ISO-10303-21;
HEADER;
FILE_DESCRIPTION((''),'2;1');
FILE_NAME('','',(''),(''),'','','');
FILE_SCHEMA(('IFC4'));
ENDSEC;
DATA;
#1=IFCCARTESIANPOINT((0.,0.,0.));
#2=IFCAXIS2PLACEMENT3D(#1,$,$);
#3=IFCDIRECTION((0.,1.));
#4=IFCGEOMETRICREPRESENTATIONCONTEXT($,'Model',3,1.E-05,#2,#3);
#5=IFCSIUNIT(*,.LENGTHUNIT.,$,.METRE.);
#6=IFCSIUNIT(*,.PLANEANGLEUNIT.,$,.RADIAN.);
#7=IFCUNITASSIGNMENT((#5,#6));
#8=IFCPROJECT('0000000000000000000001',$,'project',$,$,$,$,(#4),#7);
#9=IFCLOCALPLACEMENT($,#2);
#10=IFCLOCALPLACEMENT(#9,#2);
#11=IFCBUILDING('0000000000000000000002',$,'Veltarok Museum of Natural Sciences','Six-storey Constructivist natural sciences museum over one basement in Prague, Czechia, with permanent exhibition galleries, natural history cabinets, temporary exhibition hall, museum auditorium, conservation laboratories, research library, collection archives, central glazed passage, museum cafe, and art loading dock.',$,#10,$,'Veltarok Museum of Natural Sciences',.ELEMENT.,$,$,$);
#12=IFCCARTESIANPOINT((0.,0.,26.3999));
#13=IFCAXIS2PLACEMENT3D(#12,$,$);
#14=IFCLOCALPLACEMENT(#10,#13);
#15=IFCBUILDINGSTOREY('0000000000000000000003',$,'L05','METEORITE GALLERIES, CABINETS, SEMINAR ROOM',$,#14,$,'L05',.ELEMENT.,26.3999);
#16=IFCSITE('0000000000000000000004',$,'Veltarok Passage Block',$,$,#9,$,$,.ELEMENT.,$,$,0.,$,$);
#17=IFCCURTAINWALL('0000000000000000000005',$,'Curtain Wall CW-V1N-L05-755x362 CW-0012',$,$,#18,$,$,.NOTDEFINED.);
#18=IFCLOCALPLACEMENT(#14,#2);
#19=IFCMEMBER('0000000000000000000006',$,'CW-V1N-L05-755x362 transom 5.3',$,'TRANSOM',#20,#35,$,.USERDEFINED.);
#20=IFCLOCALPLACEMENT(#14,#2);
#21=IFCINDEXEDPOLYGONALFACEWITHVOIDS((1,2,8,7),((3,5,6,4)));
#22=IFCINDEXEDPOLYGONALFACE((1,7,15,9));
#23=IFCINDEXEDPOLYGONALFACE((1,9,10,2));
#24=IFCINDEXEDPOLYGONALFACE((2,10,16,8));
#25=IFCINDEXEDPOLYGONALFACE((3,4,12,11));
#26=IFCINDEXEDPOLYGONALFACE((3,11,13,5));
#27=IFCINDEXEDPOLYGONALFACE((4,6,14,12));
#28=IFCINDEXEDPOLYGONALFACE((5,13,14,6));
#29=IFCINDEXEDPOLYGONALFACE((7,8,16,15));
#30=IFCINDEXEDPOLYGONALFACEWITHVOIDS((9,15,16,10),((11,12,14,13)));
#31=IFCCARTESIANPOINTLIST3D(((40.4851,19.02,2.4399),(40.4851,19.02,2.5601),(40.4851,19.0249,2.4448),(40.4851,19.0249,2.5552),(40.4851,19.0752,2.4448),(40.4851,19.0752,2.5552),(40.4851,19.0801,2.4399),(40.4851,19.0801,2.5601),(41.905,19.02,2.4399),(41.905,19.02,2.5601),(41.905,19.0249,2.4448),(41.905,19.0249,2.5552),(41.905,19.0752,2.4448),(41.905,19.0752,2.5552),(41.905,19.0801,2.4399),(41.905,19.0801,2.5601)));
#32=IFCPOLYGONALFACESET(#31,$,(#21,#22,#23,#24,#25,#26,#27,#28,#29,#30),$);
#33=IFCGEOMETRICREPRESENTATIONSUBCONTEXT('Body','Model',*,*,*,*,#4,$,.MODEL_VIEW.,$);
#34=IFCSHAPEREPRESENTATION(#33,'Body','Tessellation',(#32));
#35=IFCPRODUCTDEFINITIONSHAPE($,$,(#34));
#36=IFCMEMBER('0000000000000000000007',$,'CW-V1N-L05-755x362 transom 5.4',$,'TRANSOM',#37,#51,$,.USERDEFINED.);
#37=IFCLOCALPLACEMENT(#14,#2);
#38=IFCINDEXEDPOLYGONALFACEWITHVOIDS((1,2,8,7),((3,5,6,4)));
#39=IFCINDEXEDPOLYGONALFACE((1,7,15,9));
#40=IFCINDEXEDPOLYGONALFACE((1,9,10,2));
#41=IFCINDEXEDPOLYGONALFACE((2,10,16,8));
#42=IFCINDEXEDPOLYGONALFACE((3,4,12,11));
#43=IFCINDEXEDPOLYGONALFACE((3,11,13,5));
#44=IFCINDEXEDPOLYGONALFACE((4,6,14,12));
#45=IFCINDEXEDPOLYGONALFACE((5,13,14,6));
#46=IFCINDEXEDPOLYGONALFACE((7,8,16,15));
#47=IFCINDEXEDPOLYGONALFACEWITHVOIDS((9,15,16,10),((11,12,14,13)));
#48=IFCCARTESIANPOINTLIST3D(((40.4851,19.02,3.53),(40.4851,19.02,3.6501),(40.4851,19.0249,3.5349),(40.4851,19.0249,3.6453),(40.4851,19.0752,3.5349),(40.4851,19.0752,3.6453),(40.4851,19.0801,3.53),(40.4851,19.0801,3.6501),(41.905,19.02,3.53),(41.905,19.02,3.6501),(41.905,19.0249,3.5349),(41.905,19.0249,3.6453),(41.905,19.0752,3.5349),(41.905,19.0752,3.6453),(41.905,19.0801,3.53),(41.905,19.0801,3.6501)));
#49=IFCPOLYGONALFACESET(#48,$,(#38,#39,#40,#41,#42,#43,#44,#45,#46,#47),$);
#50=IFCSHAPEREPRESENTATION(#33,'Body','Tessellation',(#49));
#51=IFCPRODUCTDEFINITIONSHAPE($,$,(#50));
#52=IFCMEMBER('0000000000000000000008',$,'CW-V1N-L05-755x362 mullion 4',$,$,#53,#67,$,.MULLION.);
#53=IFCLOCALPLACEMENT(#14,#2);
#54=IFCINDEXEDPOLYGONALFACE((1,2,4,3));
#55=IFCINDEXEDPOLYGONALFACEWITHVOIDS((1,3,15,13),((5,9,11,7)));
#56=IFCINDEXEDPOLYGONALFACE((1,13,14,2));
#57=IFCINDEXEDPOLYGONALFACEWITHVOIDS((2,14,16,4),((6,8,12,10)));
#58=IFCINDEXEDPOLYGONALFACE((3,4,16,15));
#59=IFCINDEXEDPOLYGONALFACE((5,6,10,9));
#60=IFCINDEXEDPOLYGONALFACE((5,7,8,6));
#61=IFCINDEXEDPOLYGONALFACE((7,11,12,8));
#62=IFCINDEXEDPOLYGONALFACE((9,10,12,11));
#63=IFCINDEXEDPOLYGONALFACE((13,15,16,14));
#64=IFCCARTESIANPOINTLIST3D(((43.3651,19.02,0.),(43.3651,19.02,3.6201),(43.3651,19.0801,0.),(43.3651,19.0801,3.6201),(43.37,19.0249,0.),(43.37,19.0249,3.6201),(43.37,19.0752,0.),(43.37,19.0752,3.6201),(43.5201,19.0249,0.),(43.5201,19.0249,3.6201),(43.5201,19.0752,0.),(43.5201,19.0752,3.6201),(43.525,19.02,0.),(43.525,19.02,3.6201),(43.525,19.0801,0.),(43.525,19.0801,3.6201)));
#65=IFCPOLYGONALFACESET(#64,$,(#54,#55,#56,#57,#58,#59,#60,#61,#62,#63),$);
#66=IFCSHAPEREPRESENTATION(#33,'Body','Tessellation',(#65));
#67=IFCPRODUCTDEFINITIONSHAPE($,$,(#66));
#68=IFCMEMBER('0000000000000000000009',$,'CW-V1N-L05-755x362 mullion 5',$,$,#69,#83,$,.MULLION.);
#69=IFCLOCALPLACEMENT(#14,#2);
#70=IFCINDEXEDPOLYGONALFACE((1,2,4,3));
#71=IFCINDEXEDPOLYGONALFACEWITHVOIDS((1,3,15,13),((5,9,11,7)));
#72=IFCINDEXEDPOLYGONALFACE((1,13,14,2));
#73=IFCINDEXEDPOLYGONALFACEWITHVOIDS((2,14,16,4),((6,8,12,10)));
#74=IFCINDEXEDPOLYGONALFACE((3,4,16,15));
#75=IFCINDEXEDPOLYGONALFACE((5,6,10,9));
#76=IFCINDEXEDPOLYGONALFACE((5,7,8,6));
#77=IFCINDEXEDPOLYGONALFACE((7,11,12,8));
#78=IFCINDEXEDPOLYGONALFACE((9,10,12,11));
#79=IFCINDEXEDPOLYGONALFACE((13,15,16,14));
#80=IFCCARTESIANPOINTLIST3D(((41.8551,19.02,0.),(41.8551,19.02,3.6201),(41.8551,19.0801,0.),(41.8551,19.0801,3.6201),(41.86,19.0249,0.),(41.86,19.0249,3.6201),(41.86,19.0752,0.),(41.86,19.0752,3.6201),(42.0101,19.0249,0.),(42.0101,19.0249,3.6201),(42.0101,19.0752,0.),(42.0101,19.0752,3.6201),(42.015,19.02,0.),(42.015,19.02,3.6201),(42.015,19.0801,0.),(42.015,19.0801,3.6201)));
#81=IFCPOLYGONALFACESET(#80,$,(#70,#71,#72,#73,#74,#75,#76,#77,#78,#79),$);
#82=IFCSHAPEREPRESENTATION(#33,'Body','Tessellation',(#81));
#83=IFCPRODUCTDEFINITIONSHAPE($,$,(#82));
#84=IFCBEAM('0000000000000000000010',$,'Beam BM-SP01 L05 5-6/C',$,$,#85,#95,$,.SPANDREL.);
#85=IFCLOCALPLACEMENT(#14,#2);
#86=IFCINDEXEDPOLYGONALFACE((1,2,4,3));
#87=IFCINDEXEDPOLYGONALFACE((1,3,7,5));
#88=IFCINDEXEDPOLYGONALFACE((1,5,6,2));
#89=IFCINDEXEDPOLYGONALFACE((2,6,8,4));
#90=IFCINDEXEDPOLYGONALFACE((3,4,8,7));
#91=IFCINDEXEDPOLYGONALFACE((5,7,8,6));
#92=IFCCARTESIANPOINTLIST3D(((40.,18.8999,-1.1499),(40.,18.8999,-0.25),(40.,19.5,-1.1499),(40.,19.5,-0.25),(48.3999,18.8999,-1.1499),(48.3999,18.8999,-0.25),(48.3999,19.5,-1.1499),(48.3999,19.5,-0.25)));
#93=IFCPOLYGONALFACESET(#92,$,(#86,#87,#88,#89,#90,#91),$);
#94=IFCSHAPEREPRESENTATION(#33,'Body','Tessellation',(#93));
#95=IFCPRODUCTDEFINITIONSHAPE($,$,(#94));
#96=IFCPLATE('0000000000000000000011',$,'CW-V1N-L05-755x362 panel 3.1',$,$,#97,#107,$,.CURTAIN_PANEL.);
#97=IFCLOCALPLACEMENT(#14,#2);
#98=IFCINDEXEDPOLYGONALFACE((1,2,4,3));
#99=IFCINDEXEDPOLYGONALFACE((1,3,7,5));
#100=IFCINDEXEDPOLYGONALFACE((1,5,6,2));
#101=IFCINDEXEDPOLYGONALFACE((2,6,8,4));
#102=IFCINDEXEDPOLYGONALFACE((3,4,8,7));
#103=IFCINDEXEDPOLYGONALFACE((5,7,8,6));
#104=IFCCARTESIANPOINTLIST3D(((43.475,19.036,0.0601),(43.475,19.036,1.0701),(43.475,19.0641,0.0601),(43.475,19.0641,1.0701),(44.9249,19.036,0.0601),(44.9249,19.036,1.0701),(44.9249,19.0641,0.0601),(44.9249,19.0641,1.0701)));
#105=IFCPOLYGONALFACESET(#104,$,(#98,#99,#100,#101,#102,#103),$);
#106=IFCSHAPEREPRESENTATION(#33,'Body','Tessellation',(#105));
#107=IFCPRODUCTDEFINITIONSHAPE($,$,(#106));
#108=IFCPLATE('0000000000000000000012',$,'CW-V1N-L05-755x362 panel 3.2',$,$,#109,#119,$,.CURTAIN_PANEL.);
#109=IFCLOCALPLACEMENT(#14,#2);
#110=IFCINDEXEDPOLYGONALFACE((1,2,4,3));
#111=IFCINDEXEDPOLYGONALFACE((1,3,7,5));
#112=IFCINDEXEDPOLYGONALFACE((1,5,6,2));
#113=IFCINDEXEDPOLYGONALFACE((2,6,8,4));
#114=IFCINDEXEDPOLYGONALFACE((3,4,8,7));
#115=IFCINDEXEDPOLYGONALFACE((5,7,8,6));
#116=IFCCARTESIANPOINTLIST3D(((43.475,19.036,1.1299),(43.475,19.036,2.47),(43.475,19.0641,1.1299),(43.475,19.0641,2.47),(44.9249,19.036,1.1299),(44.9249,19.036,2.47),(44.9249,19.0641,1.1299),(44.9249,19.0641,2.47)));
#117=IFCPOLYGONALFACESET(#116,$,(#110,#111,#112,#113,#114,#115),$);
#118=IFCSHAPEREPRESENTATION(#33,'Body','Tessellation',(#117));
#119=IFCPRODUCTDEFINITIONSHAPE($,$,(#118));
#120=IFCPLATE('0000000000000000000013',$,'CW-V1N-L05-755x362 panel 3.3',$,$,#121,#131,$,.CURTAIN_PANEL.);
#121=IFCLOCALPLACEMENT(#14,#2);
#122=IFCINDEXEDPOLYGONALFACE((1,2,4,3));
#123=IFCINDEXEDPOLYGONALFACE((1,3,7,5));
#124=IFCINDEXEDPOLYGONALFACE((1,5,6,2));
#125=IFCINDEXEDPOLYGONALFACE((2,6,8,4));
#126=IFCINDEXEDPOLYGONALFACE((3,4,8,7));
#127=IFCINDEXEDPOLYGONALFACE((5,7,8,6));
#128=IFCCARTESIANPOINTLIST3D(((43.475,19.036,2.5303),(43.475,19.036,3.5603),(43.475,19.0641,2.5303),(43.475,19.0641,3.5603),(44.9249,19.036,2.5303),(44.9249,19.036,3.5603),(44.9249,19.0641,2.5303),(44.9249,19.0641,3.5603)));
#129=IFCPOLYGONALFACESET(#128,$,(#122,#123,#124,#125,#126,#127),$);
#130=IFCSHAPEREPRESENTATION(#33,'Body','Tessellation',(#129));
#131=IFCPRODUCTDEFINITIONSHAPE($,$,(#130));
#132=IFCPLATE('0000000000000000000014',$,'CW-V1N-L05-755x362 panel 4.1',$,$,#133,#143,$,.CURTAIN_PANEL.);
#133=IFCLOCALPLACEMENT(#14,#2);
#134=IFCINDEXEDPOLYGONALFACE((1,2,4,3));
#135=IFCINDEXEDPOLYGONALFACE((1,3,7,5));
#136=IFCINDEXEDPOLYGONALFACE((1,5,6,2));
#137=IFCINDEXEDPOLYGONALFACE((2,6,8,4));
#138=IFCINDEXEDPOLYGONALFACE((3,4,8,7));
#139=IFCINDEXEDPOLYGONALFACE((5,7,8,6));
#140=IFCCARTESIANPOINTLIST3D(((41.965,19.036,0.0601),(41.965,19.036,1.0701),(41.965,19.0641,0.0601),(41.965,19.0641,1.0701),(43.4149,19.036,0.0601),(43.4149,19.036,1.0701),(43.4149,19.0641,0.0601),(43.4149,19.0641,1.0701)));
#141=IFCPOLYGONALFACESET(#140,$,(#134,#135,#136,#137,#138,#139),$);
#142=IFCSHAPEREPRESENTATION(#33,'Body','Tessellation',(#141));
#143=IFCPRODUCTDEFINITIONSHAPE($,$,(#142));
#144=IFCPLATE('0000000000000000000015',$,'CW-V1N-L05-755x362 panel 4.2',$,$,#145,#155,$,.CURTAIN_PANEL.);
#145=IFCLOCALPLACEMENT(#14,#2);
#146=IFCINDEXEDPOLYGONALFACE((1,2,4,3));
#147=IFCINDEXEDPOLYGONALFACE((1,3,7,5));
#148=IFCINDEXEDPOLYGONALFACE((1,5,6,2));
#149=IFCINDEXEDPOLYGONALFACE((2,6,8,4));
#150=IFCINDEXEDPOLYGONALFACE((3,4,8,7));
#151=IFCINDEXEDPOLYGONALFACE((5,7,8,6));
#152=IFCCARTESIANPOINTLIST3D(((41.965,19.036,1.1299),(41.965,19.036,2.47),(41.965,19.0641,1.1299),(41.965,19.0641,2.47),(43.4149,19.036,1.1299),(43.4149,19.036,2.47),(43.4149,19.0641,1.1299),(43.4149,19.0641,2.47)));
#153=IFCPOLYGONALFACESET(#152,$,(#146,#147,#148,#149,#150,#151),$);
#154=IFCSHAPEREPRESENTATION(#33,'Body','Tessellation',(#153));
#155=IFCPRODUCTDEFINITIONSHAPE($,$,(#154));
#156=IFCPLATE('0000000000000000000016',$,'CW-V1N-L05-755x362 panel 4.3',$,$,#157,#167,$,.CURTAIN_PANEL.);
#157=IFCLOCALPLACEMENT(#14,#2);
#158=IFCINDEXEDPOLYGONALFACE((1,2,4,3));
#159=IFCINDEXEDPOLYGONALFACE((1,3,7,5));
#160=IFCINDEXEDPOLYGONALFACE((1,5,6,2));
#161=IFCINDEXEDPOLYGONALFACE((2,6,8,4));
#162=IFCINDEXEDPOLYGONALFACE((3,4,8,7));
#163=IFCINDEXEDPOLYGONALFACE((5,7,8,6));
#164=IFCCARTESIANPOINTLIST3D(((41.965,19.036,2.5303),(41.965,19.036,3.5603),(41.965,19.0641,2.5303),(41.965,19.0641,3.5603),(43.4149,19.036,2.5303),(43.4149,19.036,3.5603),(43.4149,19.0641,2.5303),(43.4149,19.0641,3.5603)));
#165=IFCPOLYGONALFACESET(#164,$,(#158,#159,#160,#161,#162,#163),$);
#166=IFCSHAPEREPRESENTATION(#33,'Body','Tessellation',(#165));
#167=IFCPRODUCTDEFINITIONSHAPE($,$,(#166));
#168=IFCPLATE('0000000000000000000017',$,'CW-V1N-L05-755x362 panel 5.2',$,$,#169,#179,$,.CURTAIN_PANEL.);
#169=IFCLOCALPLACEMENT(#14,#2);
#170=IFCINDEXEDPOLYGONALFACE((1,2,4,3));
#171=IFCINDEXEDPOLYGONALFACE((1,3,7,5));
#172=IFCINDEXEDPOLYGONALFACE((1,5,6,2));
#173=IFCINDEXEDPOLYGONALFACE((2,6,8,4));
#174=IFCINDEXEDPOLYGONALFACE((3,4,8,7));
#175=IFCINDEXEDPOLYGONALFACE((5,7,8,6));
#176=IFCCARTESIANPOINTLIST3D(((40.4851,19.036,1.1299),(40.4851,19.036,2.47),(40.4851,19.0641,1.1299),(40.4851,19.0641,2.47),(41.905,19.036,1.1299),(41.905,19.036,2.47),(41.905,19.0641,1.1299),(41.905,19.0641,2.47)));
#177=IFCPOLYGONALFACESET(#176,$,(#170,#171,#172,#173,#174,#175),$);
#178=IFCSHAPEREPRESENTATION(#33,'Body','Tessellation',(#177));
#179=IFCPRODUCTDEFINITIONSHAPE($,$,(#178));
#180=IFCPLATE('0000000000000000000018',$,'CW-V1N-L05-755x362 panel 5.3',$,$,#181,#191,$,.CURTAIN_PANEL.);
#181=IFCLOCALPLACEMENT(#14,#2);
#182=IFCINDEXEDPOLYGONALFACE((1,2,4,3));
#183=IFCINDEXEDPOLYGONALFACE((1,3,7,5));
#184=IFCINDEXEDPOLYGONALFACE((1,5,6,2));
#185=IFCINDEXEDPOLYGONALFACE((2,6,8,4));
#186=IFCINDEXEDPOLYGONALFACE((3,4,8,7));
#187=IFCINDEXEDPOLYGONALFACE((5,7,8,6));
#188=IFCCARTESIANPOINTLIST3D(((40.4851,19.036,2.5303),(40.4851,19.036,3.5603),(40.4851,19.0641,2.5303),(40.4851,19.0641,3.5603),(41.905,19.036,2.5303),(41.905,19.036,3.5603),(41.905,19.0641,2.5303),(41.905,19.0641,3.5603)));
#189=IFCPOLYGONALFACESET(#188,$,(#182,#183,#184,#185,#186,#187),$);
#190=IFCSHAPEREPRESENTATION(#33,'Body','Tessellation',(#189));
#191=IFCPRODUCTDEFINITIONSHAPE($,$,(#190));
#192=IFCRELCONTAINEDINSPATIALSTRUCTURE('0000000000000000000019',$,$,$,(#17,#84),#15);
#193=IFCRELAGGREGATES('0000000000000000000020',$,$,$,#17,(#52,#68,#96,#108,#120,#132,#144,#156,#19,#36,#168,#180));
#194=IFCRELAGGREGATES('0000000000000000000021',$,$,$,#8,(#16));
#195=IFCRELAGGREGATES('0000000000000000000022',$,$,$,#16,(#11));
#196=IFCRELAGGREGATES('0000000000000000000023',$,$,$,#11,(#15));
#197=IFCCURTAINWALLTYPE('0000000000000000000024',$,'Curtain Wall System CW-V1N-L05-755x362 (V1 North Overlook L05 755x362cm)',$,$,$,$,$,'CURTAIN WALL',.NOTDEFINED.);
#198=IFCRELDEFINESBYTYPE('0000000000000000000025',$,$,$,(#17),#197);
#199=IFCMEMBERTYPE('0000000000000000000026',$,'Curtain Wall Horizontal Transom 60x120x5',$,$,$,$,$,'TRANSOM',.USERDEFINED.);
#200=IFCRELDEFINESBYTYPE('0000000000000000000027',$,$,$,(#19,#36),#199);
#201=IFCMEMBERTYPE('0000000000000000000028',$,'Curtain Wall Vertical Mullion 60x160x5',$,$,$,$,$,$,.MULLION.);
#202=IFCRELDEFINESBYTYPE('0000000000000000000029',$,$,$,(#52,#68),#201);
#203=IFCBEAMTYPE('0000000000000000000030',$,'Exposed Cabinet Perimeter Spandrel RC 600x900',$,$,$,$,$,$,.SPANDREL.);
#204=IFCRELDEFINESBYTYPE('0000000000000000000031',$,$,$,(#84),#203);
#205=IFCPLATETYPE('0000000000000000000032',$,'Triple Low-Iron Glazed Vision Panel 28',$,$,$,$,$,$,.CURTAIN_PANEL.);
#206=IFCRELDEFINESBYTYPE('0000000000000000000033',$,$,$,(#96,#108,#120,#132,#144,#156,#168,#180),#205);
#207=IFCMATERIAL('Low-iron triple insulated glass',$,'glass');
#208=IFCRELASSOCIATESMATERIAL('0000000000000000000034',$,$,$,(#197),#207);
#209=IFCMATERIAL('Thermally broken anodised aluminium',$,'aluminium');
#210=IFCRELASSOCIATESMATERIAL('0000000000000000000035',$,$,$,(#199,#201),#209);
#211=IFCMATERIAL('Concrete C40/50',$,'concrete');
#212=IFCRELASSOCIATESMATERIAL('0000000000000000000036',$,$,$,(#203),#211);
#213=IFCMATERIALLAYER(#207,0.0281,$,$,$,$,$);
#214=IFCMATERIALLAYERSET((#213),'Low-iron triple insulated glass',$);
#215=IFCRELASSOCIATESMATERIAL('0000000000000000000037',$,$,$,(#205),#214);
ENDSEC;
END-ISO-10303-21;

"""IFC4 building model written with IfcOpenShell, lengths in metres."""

from ifc_helpers import new_model, si_unit, direction, frame, origin, origin_2d, place, context, subcontext, project, spatial, rectangle, hollow_rectangle, extrude, material, layer, layer_set, material_profile, profile_set, type_object, element, aggregate, save


model = new_model("IFC4")

# Units and contexts
model_context = context("Model", 3, precision=1e-05, world=origin(), true_north=direction((0.0, 1.0)))
body_context = subcontext(model_context, "Body", "Model", "MODEL_VIEW")
ifc_project = project(units=[si_unit("LENGTHUNIT", "METRE"), si_unit("PLANEANGLEUNIT", "RADIAN")], contexts=[model_context])

# Site, building, storey
site_placement = place(None, origin())
site = spatial("IfcSite", under=ifc_project, at=site_placement, Name="Veltarok Passage Block", CompositionType="ELEMENT", RefElevation=0.0)
building_placement = place(site_placement, origin())
building = spatial("IfcBuilding", under=site, at=building_placement, Name="Veltarok Museum of Natural Sciences", Description="Six-storey Constructivist natural sciences museum over one basement in Prague, Czechia, with permanent exhibition galleries, natural history cabinets, temporary exhibition hall, museum auditorium, conservation laboratories, research library, collection archives, central glazed passage, museum cafe, and art loading dock.", LongName="Veltarok Museum of Natural Sciences", CompositionType="ELEMENT")
storey_placement = place(building_placement, frame((0.0, 0.0, 26.3999)))
storey = spatial("IfcBuildingStorey", under=building, at=storey_placement, Name="L05", Description="METEORITE GALLERIES, CABINETS, SEMINAR ROOM", LongName="L05", CompositionType="ELEMENT", Elevation=26.3999)

# Shared definitions
ifc_material_1 = material(Name="Concrete C40/50", Category="concrete")

# Curtain wall, members
ifc_material_2 = material(Name="Low-iron triple insulated glass", Category="glass")
curtain_wall_type = type_object("IfcCurtainWallType", Name="Curtain Wall System CW-V1N-L05-755x362 (V1 North Overlook L05 755x362cm)", ElementType="CURTAIN WALL", PredefinedType="NOTDEFINED", material=ifc_material_2)
curtain_wall_placement = place(storey_placement, origin())
curtain_wall = element("IfcCurtainWall", 1, at=curtain_wall_placement, inside=storey, type_object=curtain_wall_type, Name="Curtain Wall CW-V1N-L05-755x362 CW-0012", PredefinedType="NOTDEFINED")
ifc_material_3 = material(Name="Thermally broken anodised aluminium", Category="aluminium")
ifc_material_profile_1 = material_profile(ifc_material_3, hollow_rectangle(XDim=0.0601, YDim=0.1201, WallThickness=0.0049, at=origin_2d()), Name="CW TRANSOM 60x120x5")
ifc_profile_set_1 = profile_set([ifc_material_profile_1], Name="Thermally broken anodised aluminium")
member_type_1 = type_object("IfcMemberType", Name="Curtain Wall Horizontal Transom 60x120x5", ElementType="TRANSOM", PredefinedType="USERDEFINED", material=ifc_profile_set_1)
member_1_placement = place(storey_placement, frame((41.905, 19.05, 2.5), z_axis=(-1.0, 0.0, 0.0), x_axis=(0.0, -1.0, 0.0)))
member_1 = element("IfcMember", 2, at=member_1_placement, type_object=member_type_1, Name="CW-V1N-L05-755x362 transom 5.3", ObjectType="TRANSOM", PredefinedType="USERDEFINED", context=body_context, shape_type="SweptSolid", body=[
    extrude(hollow_rectangle(XDim=0.0601, YDim=0.1201, WallThickness=0.0049, at=origin_2d()), origin(), (0.0, 0.0, 1.0), 1.4199),
])
member_2_placement = place(storey_placement, frame((41.905, 19.05, 3.5901), z_axis=(-1.0, 0.0, 0.0), x_axis=(0.0, -1.0, 0.0)))
member_2 = element("IfcMember", 3, at=member_2_placement, type_object=member_type_1, Name="CW-V1N-L05-755x362 transom 5.4", ObjectType="TRANSOM", PredefinedType="USERDEFINED", context=body_context, shape_type="SweptSolid", body=[
    extrude(hollow_rectangle(XDim=0.0601, YDim=0.1201, WallThickness=0.0049, at=origin_2d()), origin(), (0.0, 0.0, 1.0), 1.4199),
])
ifc_material_profile_2 = material_profile(ifc_material_3, hollow_rectangle(XDim=0.0601, YDim=0.1599, WallThickness=0.0049, at=origin_2d()), Name="CW MULLION 60x160x5")
ifc_profile_set_2 = profile_set([ifc_material_profile_2], Name="Thermally broken anodised aluminium")
member_type_2 = type_object("IfcMemberType", Name="Curtain Wall Vertical Mullion 60x160x5", PredefinedType="MULLION", material=ifc_profile_set_2)
member_3_placement = place(storey_placement, frame((43.4451, 19.05, 0.0), z_axis=(0.0, 0.0, 1.0), x_axis=(0.0, -1.0, 0.0)))
member_3 = element("IfcMember", 4, at=member_3_placement, type_object=member_type_2, Name="CW-V1N-L05-755x362 mullion 4", PredefinedType="MULLION", context=body_context, shape_type="SweptSolid", body=[
    extrude(hollow_rectangle(XDim=0.0601, YDim=0.1599, WallThickness=0.0049, at=origin_2d()), origin(), (0.0, 0.0, 1.0), 3.6201),
])
member_4_placement = place(storey_placement, frame((41.9351, 19.05, 0.0), z_axis=(0.0, 0.0, 1.0), x_axis=(0.0, -1.0, 0.0)))
member_4 = element("IfcMember", 5, at=member_4_placement, type_object=member_type_2, Name="CW-V1N-L05-755x362 mullion 5", PredefinedType="MULLION", context=body_context, shape_type="SweptSolid", body=[
    extrude(hollow_rectangle(XDim=0.0601, YDim=0.1599, WallThickness=0.0049, at=origin_2d()), origin(), (0.0, 0.0, 1.0), 3.6201),
])

# Beam
ifc_material_profile_3 = material_profile(ifc_material_1, rectangle(XDim=0.6001, YDim=0.8999, at=origin_2d()), Name="RC 600x900")
ifc_profile_set_3 = profile_set([ifc_material_profile_3], Name="Concrete C40/50")
beam_type = type_object("IfcBeamType", Name="Exposed Cabinet Perimeter Spandrel RC 600x900", PredefinedType="SPANDREL", material=ifc_profile_set_3)
beam_placement = place(storey_placement, frame((40.0, 19.2, -0.7), z_axis=(1.0, 0.0, 0.0), x_axis=(0.0, 1.0, 0.0)))
element("IfcBeam", 6, at=beam_placement, inside=storey, type_object=beam_type, Name="Beam BM-SP01 L05 5-6/C", PredefinedType="SPANDREL", context=body_context, shape_type="SweptSolid", body=[
    extrude(rectangle(XDim=0.6001, YDim=0.8999, at=origin_2d()), origin(), (0.0, 0.0, 1.0), 8.3999),
])

# Plates
ifc_layer = layer(ifc_material_2, 0.0281)
ifc_layer_set = layer_set([ifc_layer], Name="Low-iron triple insulated glass")
plate_type = type_object("IfcPlateType", Name="Triple Low-Iron Glazed Vision Panel 28", PredefinedType="CURTAIN_PANEL", material=ifc_layer_set)
plate_1_placement = place(storey_placement, frame((44.2, 19.05, 0.0601), z_axis=(0.0, 0.0, 1.0), x_axis=(-1.0, 0.0, 0.0)))
plate_1 = element("IfcPlate", 7, at=plate_1_placement, type_object=plate_type, Name="CW-V1N-L05-755x362 panel 3.1", PredefinedType="CURTAIN_PANEL", context=body_context, shape_type="SweptSolid", body=[
    extrude(rectangle(XDim=1.45, YDim=0.0281, at=origin_2d()), origin(), (0.0, 0.0, 1.0), 1.01),
])
plate_2_placement = place(storey_placement, frame((44.2, 19.05, 1.1299), z_axis=(0.0, 0.0, 1.0), x_axis=(-1.0, 0.0, 0.0)))
plate_2 = element("IfcPlate", 8, at=plate_2_placement, type_object=plate_type, Name="CW-V1N-L05-755x362 panel 3.2", PredefinedType="CURTAIN_PANEL", context=body_context, shape_type="SweptSolid", body=[
    extrude(rectangle(XDim=1.45, YDim=0.0281, at=origin_2d()), origin(), (0.0, 0.0, 1.0), 1.3401),
])
plate_3_placement = place(storey_placement, frame((44.2, 19.05, 2.5303), z_axis=(0.0, 0.0, 1.0), x_axis=(-1.0, 0.0, 0.0)))
plate_3 = element("IfcPlate", 9, at=plate_3_placement, type_object=plate_type, Name="CW-V1N-L05-755x362 panel 3.3", PredefinedType="CURTAIN_PANEL", context=body_context, shape_type="SweptSolid", body=[
    extrude(rectangle(XDim=1.45, YDim=0.0281, at=origin_2d()), origin(), (0.0, 0.0, 1.0), 1.03),
])
plate_4_placement = place(storey_placement, frame((42.6899, 19.05, 0.0601), z_axis=(0.0, 0.0, 1.0), x_axis=(-1.0, 0.0, 0.0)))
plate_4 = element("IfcPlate", 10, at=plate_4_placement, type_object=plate_type, Name="CW-V1N-L05-755x362 panel 4.1", PredefinedType="CURTAIN_PANEL", context=body_context, shape_type="SweptSolid", body=[
    extrude(rectangle(XDim=1.45, YDim=0.0281, at=origin_2d()), origin(), (0.0, 0.0, 1.0), 1.01),
])
plate_5_placement = place(storey_placement, frame((42.6899, 19.05, 1.1299), z_axis=(0.0, 0.0, 1.0), x_axis=(-1.0, 0.0, 0.0)))
plate_5 = element("IfcPlate", 11, at=plate_5_placement, type_object=plate_type, Name="CW-V1N-L05-755x362 panel 4.2", PredefinedType="CURTAIN_PANEL", context=body_context, shape_type="SweptSolid", body=[
    extrude(rectangle(XDim=1.45, YDim=0.0281, at=origin_2d()), origin(), (0.0, 0.0, 1.0), 1.3401),
])
plate_6_placement = place(storey_placement, frame((42.6899, 19.05, 2.5303), z_axis=(0.0, 0.0, 1.0), x_axis=(-1.0, 0.0, 0.0)))
plate_6 = element("IfcPlate", 12, at=plate_6_placement, type_object=plate_type, Name="CW-V1N-L05-755x362 panel 4.3", PredefinedType="CURTAIN_PANEL", context=body_context, shape_type="SweptSolid", body=[
    extrude(rectangle(XDim=1.45, YDim=0.0281, at=origin_2d()), origin(), (0.0, 0.0, 1.0), 1.03),
])
plate_7_placement = place(storey_placement, frame((41.1951, 19.05, 1.1299), z_axis=(0.0, 0.0, 1.0), x_axis=(-1.0, 0.0, 0.0)))
plate_7 = element("IfcPlate", 13, at=plate_7_placement, type_object=plate_type, Name="CW-V1N-L05-755x362 panel 5.2", PredefinedType="CURTAIN_PANEL", context=body_context, shape_type="SweptSolid", body=[
    extrude(rectangle(XDim=1.4199, YDim=0.0281, at=origin_2d()), origin(), (0.0, 0.0, 1.0), 1.3401),
])
plate_8_placement = place(storey_placement, frame((41.1951, 19.05, 2.5303), z_axis=(0.0, 0.0, 1.0), x_axis=(-1.0, 0.0, 0.0)))
plate_8 = element("IfcPlate", 14, at=plate_8_placement, type_object=plate_type, Name="CW-V1N-L05-755x362 panel 5.3", PredefinedType="CURTAIN_PANEL", context=body_context, shape_type="SweptSolid", body=[
    extrude(rectangle(XDim=1.4199, YDim=0.0281, at=origin_2d()), origin(), (0.0, 0.0, 1.0), 1.03),
])
aggregate(curtain_wall, [member_3, member_4, plate_1, plate_2, plate_3, plate_4, plate_5, plate_6, member_1, member_2, plate_7, plate_8])

save(model, "model.ifc")
